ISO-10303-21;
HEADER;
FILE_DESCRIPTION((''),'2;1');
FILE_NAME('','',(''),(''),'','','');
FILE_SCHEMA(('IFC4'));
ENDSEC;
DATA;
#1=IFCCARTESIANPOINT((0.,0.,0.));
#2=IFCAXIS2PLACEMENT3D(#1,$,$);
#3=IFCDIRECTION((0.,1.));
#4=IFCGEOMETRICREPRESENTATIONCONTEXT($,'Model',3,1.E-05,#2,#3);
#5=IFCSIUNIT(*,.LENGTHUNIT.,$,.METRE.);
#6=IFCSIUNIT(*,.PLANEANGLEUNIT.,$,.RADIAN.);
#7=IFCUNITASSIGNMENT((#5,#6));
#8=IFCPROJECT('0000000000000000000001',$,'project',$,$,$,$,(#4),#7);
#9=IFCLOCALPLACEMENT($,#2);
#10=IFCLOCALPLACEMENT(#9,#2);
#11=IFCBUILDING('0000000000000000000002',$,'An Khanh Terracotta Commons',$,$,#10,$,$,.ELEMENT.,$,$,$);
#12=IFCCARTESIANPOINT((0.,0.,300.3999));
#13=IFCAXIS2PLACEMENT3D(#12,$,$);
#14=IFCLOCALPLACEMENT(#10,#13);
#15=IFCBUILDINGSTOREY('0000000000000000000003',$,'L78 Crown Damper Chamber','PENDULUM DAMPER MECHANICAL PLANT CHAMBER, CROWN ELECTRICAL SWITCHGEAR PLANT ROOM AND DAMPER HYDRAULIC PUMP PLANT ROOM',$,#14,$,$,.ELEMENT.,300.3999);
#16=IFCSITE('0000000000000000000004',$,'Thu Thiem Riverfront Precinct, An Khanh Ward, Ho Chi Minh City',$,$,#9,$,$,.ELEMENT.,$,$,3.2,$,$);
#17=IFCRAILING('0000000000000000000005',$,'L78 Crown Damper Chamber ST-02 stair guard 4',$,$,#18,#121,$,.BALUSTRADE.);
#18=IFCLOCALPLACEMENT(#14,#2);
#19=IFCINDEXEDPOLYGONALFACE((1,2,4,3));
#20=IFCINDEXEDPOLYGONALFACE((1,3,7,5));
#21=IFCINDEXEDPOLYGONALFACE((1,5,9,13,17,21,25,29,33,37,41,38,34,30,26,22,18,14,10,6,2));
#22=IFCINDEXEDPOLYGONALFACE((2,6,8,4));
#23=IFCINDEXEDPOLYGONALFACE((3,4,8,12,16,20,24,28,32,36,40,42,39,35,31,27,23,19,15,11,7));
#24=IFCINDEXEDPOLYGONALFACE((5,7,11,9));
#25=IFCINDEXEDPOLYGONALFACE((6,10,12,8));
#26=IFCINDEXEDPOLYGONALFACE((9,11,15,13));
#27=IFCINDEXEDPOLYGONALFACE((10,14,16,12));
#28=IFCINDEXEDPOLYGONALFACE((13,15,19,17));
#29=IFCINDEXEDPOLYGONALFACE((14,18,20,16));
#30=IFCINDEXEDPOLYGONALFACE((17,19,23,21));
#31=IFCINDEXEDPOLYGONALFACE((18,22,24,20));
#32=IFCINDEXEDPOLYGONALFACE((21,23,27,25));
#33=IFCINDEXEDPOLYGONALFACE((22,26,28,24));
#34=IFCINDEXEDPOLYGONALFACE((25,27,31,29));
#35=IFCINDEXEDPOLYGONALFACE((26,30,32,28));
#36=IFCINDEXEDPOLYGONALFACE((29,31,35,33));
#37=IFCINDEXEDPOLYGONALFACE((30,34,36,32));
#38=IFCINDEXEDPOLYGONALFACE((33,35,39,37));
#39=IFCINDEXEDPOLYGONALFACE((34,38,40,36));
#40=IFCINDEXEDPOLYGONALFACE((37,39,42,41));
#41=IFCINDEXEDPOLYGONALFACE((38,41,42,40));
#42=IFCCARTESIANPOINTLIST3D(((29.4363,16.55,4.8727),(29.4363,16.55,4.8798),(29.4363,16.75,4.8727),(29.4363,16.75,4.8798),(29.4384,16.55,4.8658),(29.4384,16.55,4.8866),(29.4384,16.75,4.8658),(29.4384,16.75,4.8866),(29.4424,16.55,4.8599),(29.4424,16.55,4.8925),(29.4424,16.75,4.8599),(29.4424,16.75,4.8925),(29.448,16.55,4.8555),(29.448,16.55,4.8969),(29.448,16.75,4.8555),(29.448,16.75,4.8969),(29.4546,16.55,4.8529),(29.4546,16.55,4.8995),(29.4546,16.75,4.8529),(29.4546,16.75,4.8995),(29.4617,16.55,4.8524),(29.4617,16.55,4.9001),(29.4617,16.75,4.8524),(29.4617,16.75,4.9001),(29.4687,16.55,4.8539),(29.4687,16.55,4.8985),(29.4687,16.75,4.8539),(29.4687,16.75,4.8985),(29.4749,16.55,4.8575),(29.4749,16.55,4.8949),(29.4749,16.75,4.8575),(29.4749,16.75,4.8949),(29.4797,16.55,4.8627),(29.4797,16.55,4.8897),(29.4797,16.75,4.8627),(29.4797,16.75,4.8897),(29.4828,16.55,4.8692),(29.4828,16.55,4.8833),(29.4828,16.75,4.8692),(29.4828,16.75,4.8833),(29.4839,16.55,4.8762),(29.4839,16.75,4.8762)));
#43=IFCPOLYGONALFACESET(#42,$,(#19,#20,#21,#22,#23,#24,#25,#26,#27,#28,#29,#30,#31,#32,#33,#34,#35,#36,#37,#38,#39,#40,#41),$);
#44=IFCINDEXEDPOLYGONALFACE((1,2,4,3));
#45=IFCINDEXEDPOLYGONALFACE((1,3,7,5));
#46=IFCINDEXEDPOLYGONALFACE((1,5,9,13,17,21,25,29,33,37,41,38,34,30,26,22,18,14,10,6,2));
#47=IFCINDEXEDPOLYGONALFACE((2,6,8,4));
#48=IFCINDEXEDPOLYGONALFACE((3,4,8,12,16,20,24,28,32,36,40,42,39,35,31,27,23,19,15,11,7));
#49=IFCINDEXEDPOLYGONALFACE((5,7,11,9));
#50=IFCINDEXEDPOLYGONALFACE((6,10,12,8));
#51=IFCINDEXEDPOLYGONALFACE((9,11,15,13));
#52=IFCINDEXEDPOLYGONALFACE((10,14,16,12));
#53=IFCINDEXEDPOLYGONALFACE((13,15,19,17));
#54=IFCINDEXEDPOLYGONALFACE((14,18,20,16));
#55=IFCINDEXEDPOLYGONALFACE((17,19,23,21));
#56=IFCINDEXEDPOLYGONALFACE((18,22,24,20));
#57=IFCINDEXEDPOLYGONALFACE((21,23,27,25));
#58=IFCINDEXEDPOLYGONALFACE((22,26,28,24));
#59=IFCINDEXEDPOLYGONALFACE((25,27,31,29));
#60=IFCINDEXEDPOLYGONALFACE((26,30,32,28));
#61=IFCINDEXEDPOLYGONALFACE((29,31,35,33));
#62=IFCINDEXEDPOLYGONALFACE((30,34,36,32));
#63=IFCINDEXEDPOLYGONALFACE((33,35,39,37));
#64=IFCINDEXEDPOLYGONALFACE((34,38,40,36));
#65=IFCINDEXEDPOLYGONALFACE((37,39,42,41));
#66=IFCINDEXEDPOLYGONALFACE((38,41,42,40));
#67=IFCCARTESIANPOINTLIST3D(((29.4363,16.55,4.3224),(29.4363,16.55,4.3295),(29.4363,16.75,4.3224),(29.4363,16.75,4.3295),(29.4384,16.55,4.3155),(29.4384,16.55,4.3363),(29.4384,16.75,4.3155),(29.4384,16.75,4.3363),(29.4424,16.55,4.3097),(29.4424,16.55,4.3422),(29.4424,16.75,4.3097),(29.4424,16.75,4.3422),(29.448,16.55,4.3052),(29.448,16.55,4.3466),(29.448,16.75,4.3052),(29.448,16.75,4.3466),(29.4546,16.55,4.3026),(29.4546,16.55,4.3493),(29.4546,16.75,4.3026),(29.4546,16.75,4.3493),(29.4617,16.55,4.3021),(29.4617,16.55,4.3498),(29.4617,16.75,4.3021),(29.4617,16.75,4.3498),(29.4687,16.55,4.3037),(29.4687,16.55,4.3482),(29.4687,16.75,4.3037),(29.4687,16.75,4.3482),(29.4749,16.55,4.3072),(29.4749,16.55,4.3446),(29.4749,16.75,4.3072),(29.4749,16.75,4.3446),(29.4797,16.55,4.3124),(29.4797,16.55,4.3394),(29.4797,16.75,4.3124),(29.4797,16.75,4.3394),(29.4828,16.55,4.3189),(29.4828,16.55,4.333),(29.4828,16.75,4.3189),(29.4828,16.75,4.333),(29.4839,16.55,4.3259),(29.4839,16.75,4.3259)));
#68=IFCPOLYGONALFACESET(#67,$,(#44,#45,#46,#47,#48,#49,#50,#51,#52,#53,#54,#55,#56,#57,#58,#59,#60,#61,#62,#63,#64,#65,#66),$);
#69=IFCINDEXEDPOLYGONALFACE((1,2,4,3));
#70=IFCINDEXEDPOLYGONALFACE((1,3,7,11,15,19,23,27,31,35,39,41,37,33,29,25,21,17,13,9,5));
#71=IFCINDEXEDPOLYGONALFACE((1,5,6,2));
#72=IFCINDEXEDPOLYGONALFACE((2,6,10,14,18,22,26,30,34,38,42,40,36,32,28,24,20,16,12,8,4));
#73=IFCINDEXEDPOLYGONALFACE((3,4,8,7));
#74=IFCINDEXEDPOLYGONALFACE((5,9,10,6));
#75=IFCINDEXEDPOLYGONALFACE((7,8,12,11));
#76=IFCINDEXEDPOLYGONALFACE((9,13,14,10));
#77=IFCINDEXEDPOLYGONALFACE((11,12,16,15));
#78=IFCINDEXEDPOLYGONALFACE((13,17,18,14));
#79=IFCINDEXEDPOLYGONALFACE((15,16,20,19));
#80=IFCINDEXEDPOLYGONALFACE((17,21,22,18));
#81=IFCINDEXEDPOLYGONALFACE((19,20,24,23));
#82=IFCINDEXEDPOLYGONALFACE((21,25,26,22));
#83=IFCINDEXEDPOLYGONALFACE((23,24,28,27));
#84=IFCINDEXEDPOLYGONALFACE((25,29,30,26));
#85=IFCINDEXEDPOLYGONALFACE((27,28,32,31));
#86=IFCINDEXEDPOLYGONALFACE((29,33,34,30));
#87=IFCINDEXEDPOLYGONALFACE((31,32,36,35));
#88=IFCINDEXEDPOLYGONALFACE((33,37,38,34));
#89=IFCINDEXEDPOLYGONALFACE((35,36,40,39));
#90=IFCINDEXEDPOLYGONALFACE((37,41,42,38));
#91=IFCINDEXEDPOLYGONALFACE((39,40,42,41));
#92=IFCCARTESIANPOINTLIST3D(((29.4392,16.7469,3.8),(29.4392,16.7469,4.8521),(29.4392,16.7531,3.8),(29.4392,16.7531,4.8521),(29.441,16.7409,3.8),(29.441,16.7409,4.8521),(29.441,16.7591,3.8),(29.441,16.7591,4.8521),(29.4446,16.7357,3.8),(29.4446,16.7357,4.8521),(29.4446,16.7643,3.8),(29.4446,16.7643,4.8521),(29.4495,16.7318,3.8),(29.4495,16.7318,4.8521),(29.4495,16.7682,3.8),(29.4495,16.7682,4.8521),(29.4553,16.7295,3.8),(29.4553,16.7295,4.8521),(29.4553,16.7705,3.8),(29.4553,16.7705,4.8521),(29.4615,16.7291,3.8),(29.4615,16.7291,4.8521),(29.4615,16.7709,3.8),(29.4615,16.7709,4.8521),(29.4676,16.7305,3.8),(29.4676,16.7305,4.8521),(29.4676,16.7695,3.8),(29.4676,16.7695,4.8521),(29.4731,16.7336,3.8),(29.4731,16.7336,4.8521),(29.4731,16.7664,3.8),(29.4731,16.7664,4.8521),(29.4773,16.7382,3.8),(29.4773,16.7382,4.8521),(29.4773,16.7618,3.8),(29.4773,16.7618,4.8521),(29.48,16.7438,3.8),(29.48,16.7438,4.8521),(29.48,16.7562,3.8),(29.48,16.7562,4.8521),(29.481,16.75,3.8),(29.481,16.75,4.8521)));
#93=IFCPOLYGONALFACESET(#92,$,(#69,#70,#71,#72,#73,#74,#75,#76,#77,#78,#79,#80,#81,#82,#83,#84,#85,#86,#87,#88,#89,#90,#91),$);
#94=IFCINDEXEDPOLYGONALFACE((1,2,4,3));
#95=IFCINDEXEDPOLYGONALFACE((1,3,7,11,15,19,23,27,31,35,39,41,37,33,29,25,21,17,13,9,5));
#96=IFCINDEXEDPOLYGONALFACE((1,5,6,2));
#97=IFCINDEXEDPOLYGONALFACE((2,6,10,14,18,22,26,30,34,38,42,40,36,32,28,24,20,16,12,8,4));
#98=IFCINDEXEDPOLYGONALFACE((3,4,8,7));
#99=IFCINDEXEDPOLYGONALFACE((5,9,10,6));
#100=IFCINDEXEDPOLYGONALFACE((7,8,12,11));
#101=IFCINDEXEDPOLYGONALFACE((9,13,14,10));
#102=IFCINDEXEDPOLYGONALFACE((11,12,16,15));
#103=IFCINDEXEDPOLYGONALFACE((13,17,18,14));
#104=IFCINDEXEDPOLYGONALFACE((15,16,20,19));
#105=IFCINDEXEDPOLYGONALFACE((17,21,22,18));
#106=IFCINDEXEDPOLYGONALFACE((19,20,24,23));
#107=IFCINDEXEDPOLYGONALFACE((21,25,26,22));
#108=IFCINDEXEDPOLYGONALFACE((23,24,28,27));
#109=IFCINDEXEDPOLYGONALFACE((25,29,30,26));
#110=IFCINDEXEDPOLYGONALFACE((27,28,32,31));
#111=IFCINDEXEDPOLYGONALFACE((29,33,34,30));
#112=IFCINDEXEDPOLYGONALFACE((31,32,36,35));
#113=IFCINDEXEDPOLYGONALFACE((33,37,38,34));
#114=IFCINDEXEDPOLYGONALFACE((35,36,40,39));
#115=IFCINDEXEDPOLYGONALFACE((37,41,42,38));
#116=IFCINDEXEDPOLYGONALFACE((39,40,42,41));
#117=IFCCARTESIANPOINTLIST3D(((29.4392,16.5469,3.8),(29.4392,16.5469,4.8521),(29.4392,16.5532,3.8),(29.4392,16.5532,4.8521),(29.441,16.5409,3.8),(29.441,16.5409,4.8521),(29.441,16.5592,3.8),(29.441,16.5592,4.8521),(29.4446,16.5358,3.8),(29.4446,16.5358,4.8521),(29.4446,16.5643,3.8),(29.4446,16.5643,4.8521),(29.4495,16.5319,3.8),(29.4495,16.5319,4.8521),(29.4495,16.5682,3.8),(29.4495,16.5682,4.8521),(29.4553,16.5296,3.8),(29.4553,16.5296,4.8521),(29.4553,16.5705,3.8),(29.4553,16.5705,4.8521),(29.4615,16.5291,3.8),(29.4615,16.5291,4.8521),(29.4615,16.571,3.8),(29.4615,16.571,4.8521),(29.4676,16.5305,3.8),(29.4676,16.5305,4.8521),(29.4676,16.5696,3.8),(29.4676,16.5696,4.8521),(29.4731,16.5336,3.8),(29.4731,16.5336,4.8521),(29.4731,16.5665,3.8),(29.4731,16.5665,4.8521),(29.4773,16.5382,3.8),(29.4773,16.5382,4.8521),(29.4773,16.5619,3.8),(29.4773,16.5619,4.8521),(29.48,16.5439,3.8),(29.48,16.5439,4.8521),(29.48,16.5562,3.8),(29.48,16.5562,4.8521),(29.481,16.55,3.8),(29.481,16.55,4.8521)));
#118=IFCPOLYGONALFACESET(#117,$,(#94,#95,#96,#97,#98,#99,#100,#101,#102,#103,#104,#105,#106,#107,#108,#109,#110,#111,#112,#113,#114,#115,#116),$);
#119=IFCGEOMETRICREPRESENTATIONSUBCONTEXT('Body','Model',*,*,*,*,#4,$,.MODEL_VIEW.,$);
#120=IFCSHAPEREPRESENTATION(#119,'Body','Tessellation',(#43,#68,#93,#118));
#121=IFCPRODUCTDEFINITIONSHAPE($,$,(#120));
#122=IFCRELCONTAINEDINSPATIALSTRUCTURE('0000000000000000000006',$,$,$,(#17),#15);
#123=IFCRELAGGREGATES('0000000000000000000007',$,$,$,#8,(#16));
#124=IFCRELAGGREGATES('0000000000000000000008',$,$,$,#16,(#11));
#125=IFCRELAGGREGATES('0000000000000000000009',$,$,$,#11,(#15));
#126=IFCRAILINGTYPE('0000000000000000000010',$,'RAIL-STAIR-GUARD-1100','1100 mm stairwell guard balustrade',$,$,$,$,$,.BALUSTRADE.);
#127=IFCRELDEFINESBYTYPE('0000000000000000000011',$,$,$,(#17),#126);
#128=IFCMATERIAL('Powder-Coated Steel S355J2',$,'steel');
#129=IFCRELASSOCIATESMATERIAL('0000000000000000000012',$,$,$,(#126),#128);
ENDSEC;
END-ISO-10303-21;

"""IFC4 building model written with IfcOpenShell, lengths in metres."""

from ifc_helpers import new_model, si_unit, direction, frame, origin, origin_2d, place, context, subcontext, project, spatial, circle, extrude, material, type_object, element, save


model = new_model("IFC4")

# Units and contexts
model_context = context("Model", 3, precision=1e-05, world=origin(), true_north=direction((0.0, 1.0)))
body_context = subcontext(model_context, "Body", "Model", "MODEL_VIEW")
ifc_project = project(units=[si_unit("LENGTHUNIT", "METRE"), si_unit("PLANEANGLEUNIT", "RADIAN")], contexts=[model_context])

# Site, building, storey
site_placement = place(None, origin())
site = spatial("IfcSite", under=ifc_project, at=site_placement, Name="Thu Thiem Riverfront Precinct, An Khanh Ward, Ho Chi Minh City", CompositionType="ELEMENT", RefElevation=3.2)
building_placement = place(site_placement, origin())
building = spatial("IfcBuilding", under=site, at=building_placement, Name="An Khanh Terracotta Commons", CompositionType="ELEMENT")
storey_placement = place(building_placement, frame((0.0, 0.0, 300.3999)))
storey = spatial("IfcBuildingStorey", under=building, at=storey_placement, Name="L78 Crown Damper Chamber", Description="PENDULUM DAMPER MECHANICAL PLANT CHAMBER, CROWN ELECTRICAL SWITCHGEAR PLANT ROOM AND DAMPER HYDRAULIC PUMP PLANT ROOM", CompositionType="ELEMENT", Elevation=300.3999)

# Railing
ifc_material_1 = material(Name="Powder-Coated Steel S355J2", Category="steel")
railing_type_1 = type_object("IfcRailingType", Name="RAIL-STAIR-GUARD-1100", Description="1100 mm stairwell guard balustrade", PredefinedType="BALUSTRADE", material=ifc_material_1)
railing_1_placement = place(storey_placement, frame((29.46, 16.75, 3.8)))
element("IfcRailing", 1, at=railing_1_placement, inside=storey, type_object=railing_type_1, Name="L78 Crown Damper Chamber ST-02 stair guard 4", PredefinedType="BALUSTRADE", context=body_context, shape_type="SweptSolid", body=[
    extrude(circle(Radius=0.0239, at=origin_2d()), frame((0.0, 0.0, 1.0762), z_axis=(0.0, -1.0, 0.0), x_axis=(1.0, 0.0, 0.0)), (0.0, 0.0, 1.0), 0.2),
    extrude(circle(Radius=0.0239, at=origin_2d()), frame((0.0, 0.0, 0.5259), z_axis=(0.0, -1.0, 0.0), x_axis=(1.0, 0.0, 0.0)), (0.0, 0.0, 1.0), 0.2),
    extrude(circle(Radius=0.021, at=origin_2d()), origin(), (0.0, 0.0, 1.0), 1.052),
    extrude(circle(Radius=0.021, at=origin_2d()), frame((0.0, -0.2, 0.0)), (0.0, 0.0, 1.0), 1.052),
])

save(model, "model.ifc")
